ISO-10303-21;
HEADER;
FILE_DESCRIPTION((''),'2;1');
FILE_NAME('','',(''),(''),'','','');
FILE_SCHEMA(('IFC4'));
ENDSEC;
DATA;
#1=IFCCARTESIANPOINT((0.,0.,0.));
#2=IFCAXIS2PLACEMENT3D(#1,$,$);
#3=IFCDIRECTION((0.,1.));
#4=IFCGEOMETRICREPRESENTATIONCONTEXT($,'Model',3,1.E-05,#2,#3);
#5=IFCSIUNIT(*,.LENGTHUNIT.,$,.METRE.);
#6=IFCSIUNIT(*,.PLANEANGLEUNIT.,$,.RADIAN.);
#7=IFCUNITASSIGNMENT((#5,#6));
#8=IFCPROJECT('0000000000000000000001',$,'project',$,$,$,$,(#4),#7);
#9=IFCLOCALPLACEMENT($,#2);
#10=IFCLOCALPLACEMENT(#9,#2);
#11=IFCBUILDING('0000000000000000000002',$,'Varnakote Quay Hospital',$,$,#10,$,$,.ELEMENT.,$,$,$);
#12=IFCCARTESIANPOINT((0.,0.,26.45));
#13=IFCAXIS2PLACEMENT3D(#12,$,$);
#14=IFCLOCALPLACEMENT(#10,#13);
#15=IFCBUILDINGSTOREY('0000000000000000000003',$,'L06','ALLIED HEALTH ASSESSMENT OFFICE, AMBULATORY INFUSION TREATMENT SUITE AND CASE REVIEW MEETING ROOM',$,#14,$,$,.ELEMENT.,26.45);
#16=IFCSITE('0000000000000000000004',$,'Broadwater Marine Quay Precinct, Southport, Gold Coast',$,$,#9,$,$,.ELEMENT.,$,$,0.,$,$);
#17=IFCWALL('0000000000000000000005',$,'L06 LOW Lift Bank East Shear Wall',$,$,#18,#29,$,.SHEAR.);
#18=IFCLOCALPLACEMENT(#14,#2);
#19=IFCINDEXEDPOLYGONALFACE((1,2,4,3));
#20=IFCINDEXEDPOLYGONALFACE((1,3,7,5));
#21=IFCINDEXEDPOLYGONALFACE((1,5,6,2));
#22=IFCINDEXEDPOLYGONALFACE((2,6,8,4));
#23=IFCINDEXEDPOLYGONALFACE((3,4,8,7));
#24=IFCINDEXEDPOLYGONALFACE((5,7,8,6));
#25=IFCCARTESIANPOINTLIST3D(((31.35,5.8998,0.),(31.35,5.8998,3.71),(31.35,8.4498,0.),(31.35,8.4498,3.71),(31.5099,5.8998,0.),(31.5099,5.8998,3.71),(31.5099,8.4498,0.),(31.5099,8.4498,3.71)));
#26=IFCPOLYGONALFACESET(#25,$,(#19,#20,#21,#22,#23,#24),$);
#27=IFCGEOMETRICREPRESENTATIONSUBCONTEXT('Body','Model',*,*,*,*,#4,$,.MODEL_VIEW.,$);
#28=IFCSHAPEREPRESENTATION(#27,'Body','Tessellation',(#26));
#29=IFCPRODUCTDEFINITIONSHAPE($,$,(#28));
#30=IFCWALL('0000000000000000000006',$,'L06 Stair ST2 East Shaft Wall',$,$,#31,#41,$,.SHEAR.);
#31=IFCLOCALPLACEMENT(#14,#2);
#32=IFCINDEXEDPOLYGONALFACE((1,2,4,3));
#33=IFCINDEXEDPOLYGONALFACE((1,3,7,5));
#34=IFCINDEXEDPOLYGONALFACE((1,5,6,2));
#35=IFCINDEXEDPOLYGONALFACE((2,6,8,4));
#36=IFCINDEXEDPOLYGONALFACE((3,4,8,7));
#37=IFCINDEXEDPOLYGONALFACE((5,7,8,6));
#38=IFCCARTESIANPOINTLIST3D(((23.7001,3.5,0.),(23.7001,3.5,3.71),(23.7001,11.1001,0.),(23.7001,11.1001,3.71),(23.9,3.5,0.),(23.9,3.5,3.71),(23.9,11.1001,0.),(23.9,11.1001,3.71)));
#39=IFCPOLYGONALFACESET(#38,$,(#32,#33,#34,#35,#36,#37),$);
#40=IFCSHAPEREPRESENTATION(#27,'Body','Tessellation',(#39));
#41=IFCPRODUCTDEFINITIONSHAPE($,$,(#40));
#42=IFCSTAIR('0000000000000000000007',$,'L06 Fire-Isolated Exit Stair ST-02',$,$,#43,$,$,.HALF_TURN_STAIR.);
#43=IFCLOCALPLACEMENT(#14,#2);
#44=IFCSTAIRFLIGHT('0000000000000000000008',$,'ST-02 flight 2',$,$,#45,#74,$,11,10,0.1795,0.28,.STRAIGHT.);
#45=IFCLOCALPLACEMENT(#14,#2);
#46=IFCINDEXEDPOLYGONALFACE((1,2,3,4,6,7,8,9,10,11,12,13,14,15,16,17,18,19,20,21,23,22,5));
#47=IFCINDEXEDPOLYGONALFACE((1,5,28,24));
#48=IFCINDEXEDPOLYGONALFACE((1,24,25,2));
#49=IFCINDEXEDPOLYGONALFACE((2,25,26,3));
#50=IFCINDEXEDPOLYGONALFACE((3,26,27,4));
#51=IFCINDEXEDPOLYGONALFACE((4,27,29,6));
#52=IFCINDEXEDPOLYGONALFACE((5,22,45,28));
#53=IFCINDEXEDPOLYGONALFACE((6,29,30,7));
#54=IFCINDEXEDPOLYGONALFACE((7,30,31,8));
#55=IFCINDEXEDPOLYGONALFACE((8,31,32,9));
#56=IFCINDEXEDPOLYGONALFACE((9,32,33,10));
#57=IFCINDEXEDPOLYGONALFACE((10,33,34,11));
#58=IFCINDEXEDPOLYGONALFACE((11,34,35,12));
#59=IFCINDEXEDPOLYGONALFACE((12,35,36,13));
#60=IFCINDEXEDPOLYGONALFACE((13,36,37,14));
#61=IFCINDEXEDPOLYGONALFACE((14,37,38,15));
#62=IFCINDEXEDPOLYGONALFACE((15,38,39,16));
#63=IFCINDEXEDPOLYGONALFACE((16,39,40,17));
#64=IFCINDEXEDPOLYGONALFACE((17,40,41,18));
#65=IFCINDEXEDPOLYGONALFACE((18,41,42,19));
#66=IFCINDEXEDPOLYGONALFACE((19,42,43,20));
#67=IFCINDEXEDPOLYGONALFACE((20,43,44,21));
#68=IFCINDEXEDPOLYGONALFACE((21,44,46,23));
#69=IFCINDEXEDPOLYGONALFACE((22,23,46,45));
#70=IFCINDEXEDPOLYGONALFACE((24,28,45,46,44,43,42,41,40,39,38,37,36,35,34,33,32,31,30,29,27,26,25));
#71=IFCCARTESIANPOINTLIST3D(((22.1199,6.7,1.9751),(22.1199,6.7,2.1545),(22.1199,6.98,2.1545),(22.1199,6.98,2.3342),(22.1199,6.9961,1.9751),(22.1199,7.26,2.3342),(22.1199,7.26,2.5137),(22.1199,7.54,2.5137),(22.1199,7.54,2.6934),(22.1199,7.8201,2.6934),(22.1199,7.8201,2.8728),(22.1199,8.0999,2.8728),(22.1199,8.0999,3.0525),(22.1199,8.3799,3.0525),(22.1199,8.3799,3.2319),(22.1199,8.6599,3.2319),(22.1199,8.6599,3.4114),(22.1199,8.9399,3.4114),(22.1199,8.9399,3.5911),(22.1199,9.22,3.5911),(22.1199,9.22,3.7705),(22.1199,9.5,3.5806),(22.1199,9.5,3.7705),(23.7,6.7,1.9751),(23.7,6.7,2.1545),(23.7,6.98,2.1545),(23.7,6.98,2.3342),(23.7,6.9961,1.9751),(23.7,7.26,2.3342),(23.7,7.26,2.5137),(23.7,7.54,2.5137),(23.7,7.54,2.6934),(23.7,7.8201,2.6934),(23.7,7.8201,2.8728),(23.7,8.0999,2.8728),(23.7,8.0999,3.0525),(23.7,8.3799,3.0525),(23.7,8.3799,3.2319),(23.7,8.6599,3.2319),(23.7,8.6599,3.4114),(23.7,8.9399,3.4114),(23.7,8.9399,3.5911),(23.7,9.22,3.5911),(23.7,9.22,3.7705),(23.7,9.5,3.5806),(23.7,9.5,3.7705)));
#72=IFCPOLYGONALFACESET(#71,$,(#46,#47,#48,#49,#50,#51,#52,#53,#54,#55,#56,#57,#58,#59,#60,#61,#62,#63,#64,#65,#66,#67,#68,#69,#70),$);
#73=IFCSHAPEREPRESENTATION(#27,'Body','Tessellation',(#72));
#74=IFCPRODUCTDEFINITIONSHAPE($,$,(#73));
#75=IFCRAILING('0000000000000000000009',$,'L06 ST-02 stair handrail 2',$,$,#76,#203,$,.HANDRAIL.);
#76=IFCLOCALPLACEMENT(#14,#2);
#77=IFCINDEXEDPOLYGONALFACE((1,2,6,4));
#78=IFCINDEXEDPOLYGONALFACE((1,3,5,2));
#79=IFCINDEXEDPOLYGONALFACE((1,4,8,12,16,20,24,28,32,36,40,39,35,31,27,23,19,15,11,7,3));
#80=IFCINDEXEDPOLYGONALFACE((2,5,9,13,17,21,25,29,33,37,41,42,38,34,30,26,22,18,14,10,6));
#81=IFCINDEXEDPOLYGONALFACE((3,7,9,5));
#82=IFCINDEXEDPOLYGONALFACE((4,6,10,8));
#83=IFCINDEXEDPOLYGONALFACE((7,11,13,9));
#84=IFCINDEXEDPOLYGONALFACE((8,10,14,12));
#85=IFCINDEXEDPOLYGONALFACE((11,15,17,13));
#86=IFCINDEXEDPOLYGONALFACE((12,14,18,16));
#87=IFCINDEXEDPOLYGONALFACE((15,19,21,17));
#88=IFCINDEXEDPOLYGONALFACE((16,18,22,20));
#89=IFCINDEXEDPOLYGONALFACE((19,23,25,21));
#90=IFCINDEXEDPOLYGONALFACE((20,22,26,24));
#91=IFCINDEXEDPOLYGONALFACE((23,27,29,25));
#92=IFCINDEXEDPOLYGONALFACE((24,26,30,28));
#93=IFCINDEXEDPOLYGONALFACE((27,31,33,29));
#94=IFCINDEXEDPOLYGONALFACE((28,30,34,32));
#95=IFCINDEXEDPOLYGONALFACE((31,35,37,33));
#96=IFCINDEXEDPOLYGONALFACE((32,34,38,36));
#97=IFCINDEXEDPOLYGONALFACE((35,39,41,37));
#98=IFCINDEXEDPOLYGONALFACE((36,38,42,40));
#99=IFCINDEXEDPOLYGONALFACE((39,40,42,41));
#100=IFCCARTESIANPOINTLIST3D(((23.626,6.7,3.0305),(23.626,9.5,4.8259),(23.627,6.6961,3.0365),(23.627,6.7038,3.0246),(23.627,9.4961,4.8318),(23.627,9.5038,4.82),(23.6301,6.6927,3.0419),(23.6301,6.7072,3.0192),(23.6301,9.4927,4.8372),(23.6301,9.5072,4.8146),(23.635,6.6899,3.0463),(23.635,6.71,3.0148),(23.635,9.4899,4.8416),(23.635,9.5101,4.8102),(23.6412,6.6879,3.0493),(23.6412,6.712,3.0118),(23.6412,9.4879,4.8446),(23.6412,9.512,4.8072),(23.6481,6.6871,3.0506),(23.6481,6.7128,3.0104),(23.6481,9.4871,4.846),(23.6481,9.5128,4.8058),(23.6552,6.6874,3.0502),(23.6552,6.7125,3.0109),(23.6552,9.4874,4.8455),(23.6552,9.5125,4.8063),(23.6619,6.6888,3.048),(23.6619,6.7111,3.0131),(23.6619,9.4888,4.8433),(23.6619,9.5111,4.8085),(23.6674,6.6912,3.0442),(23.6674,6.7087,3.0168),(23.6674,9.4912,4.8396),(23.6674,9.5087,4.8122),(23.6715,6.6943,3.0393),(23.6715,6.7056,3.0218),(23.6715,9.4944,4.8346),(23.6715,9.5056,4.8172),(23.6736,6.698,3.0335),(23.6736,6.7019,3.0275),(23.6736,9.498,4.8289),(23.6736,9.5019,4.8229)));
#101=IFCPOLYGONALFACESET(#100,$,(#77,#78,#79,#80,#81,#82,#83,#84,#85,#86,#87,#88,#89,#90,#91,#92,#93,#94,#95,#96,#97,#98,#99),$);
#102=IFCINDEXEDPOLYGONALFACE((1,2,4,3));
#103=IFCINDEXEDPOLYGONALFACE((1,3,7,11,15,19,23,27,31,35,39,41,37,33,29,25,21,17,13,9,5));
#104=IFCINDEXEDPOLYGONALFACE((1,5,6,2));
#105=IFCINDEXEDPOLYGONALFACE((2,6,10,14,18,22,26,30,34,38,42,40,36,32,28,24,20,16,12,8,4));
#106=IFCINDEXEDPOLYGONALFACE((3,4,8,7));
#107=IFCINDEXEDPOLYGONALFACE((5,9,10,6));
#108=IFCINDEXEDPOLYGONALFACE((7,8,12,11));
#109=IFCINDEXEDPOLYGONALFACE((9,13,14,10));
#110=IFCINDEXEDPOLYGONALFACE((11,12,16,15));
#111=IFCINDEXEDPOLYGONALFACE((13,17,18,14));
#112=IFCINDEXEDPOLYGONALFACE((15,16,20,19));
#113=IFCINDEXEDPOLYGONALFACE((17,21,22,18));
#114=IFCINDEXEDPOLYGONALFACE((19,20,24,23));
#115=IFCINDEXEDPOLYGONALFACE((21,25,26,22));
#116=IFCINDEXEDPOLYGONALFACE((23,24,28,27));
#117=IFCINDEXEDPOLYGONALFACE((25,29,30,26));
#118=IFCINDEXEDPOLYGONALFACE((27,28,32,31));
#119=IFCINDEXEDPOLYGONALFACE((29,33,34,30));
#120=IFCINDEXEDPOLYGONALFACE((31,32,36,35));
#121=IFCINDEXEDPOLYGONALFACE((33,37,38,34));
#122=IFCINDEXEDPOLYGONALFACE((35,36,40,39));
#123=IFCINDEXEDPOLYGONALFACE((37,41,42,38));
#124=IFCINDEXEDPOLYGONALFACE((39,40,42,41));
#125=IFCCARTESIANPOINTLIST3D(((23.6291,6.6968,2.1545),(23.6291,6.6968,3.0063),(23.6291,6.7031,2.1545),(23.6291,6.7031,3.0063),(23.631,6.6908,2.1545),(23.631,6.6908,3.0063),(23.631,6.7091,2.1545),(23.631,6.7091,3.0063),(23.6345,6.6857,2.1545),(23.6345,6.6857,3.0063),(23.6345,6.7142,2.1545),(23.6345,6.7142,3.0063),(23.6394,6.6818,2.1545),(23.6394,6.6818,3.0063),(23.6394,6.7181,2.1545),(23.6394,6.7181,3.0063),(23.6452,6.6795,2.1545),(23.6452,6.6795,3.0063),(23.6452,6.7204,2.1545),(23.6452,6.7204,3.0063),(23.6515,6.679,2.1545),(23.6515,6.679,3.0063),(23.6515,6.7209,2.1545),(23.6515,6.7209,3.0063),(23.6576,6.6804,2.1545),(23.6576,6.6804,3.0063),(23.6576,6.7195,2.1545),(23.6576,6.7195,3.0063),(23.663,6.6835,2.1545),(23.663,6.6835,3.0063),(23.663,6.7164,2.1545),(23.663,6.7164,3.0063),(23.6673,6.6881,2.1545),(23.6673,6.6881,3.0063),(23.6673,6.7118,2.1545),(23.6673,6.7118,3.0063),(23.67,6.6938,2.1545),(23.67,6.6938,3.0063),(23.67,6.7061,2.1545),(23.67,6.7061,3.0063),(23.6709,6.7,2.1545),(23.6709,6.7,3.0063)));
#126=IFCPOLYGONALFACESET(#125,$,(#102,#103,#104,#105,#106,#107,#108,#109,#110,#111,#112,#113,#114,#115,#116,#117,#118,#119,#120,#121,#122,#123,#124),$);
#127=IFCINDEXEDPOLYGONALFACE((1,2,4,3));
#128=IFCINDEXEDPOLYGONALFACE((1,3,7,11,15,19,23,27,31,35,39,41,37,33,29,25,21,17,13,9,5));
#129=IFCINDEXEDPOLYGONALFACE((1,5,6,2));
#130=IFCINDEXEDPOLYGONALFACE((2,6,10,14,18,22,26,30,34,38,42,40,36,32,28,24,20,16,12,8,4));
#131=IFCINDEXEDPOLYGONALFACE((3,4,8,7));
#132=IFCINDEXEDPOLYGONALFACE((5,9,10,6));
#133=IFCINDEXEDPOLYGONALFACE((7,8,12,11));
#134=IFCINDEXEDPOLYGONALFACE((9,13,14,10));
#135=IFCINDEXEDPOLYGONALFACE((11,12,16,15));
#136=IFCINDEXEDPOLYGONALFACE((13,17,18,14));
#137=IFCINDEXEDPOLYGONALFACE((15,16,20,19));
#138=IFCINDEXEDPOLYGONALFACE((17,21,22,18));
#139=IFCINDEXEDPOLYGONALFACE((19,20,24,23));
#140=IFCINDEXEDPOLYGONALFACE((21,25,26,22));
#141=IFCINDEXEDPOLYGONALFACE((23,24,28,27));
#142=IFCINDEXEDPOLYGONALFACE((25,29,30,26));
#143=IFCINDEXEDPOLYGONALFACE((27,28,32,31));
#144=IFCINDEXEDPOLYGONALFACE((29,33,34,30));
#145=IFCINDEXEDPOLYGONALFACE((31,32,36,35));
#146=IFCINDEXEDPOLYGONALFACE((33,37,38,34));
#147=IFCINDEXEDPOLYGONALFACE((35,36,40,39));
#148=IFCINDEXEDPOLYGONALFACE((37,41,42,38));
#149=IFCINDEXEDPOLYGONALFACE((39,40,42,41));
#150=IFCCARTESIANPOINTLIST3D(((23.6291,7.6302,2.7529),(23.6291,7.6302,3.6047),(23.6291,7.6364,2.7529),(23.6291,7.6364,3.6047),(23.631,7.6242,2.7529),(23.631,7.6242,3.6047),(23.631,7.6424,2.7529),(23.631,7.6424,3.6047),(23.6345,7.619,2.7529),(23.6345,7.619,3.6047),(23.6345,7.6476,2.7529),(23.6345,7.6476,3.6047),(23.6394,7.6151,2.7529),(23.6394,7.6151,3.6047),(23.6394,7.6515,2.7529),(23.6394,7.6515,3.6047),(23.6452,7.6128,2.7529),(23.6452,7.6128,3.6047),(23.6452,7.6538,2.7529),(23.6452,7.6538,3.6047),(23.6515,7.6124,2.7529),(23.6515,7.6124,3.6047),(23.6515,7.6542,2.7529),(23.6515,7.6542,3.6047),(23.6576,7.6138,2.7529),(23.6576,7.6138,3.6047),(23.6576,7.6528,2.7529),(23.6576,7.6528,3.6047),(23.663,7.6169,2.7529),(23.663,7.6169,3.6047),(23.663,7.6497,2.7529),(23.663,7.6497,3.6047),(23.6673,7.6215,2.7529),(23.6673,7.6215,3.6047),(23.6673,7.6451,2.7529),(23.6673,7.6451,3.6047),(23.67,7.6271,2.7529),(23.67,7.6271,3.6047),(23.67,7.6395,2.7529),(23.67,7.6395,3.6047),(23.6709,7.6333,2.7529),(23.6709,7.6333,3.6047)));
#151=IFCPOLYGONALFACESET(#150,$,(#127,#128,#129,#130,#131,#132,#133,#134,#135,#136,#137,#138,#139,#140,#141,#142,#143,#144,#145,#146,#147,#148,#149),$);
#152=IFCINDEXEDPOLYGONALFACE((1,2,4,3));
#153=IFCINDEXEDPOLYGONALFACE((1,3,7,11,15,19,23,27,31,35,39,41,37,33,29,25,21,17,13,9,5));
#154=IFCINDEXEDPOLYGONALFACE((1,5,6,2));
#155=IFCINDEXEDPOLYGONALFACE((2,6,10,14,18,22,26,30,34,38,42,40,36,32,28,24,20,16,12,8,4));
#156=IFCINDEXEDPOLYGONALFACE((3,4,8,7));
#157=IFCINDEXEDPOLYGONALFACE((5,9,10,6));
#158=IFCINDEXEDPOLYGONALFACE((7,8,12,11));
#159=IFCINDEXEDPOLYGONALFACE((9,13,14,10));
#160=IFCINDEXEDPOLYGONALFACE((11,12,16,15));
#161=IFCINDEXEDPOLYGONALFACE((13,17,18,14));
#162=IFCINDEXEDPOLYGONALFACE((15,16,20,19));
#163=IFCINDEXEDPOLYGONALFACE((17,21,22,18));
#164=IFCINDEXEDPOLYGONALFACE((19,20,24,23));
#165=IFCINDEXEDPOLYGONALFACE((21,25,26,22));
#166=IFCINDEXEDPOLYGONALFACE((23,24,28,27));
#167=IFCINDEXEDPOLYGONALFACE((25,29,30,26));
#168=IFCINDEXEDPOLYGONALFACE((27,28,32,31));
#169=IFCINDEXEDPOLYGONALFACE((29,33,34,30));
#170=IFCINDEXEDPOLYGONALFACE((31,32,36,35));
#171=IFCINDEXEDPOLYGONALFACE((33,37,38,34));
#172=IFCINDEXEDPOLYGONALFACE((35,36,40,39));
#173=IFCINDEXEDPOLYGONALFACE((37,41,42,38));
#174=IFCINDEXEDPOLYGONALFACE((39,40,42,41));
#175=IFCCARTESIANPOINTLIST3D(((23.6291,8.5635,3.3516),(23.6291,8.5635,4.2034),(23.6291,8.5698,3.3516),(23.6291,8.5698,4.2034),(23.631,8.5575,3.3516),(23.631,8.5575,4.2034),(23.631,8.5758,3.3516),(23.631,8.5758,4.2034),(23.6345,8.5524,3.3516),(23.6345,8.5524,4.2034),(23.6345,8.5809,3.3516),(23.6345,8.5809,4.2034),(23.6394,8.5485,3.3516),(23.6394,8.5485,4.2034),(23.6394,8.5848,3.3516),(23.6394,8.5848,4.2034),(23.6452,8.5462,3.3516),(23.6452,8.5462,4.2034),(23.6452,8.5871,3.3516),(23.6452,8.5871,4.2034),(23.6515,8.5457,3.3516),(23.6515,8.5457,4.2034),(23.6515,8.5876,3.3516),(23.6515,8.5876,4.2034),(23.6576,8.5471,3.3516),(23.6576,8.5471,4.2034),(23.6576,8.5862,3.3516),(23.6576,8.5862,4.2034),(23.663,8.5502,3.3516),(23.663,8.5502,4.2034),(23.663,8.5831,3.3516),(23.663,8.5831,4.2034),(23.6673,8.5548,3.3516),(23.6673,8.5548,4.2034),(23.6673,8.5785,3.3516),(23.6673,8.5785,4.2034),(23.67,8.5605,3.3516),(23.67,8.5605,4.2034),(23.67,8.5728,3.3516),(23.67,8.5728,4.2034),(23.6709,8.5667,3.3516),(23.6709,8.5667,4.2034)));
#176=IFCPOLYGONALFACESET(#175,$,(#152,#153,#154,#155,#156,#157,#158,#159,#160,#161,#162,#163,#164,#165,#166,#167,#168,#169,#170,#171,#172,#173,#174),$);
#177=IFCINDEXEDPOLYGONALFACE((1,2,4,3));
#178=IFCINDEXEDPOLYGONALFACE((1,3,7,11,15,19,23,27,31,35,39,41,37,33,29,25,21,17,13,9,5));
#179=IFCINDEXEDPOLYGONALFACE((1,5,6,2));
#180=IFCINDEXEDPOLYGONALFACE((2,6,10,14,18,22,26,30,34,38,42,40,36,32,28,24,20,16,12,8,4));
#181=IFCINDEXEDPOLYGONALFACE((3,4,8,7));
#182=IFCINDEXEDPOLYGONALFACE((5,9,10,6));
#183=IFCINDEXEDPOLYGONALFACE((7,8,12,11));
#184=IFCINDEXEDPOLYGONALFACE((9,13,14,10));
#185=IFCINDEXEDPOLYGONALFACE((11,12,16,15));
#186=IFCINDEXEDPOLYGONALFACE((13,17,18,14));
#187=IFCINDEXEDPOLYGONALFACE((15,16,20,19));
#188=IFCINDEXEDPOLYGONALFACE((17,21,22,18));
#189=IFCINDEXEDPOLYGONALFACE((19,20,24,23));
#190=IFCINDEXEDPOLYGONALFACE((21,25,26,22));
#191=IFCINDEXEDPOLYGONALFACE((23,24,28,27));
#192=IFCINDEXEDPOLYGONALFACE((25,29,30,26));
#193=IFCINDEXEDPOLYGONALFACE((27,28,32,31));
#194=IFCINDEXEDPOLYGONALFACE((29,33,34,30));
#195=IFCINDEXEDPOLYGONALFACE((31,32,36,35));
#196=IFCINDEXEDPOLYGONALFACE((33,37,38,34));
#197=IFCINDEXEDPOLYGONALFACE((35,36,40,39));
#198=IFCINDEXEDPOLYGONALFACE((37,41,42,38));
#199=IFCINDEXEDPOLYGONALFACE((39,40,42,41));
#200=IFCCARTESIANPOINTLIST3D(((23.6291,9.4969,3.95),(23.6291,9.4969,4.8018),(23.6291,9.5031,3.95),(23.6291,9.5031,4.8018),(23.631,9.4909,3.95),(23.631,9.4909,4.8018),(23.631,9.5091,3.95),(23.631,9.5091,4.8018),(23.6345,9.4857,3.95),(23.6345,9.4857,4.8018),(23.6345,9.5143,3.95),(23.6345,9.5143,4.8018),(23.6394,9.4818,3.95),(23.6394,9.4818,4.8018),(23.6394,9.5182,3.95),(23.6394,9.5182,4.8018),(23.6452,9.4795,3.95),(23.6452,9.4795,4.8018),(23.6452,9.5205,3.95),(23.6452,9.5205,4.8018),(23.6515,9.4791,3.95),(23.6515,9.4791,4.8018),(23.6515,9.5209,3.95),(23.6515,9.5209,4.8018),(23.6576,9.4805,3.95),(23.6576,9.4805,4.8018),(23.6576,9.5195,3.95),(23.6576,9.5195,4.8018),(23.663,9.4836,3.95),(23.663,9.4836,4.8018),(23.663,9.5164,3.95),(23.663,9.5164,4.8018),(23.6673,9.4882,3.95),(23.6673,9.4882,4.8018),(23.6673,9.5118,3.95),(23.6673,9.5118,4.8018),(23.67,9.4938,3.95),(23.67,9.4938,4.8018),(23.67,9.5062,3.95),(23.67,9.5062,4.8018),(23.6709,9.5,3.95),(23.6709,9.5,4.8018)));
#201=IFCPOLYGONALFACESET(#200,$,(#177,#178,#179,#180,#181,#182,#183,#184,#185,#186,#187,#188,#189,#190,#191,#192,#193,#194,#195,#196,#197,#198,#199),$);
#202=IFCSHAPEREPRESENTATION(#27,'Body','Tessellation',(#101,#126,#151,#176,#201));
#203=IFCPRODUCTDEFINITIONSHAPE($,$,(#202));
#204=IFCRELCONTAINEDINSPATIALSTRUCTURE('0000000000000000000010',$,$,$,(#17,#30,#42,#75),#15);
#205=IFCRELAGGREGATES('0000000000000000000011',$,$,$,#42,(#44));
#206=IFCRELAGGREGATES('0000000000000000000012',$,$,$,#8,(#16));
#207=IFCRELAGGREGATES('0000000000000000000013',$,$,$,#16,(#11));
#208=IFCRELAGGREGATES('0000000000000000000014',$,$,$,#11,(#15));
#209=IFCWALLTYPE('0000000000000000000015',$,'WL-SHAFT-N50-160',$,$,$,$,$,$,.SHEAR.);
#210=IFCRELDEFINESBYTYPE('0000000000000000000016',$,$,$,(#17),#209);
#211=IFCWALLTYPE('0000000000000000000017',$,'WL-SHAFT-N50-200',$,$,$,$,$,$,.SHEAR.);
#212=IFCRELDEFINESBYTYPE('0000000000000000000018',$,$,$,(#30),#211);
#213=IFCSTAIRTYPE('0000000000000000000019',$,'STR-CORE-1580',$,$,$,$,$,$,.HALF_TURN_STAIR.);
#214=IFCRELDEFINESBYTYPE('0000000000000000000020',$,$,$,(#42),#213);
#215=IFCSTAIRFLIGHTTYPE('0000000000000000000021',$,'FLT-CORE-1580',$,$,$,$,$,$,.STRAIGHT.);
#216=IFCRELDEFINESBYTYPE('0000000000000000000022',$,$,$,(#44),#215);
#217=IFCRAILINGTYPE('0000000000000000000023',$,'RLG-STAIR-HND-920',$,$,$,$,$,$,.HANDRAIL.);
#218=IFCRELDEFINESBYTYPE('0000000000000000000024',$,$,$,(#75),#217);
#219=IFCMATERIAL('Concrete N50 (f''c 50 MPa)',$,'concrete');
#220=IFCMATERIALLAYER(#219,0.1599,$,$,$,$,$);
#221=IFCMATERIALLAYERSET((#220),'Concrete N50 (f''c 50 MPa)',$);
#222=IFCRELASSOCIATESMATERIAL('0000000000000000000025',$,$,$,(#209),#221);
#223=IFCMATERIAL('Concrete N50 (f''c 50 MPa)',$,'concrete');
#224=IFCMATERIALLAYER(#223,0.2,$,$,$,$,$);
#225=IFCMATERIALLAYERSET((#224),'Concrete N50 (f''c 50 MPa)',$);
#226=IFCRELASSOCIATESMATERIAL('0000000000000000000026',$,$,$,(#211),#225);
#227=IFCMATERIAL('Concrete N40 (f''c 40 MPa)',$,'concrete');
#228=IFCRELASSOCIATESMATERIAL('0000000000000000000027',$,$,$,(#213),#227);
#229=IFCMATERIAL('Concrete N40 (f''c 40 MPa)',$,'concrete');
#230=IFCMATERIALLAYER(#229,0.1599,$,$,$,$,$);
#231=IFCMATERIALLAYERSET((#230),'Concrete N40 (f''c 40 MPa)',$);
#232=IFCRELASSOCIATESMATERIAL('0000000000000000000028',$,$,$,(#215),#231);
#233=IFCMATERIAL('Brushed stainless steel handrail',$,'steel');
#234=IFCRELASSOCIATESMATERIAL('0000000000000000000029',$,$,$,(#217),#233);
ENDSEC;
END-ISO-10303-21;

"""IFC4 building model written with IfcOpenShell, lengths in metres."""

from ifc_helpers import new_model, si_unit, direction, frame, frame_2d, origin, origin_2d, place, context, subcontext, project, spatial, polyline, rectangle, circle, outline, extrude, material, layer, layer_set, type_object, element, aggregate, save


model = new_model("IFC4")

# Units and contexts
model_context = context("Model", 3, precision=1e-05, world=origin(), true_north=direction((0.0, 1.0)))
body_context = subcontext(model_context, "Body", "Model", "MODEL_VIEW")
ifc_project = project(units=[si_unit("LENGTHUNIT", "METRE"), si_unit("PLANEANGLEUNIT", "RADIAN")], contexts=[model_context])

# Site, building, storey
site_placement = place(None, origin())
site = spatial("IfcSite", under=ifc_project, at=site_placement, Name="Broadwater Marine Quay Precinct, Southport, Gold Coast", CompositionType="ELEMENT", RefElevation=0.0)
building_placement = place(site_placement, origin())
building = spatial("IfcBuilding", under=site, at=building_placement, Name="Varnakote Quay Hospital", CompositionType="ELEMENT")
storey_placement = place(building_placement, frame((0.0, 0.0, 26.45)))
storey = spatial("IfcBuildingStorey", under=building, at=storey_placement, Name="L06", Description="ALLIED HEALTH ASSESSMENT OFFICE, AMBULATORY INFUSION TREATMENT SUITE AND CASE REVIEW MEETING ROOM", CompositionType="ELEMENT", Elevation=26.45)

# Wall
ifc_material_1 = material(Name="Concrete N50 (f'c 50 MPa)", Category="concrete")
ifc_layer_1 = layer(ifc_material_1, 0.1599)
ifc_layer_set_1 = layer_set([ifc_layer_1], Name="Concrete N50 (f'c 50 MPa)")
wall_type_1 = type_object("IfcWallType", Name="WL-SHAFT-N50-160", PredefinedType="SHEAR", material=ifc_layer_set_1)
for number, where, z_axis, x_axis, name in (
    (1, (31.4299, 5.8999, 0.0), (0.0, 0.0, 1.0), (0.0, 1.0, 0.0), "L06 LOW Lift Bank East Shear Wall"),
):
    element("IfcWall", number, at=place(storey_placement, frame(where, z_axis=z_axis, x_axis=x_axis)), inside=storey, type_object=wall_type_1, Name=name, PredefinedType="SHEAR", context=body_context, shape_type="SweptSolid", body=[
        extrude(rectangle(XDim=2.55, YDim=0.1599, at=frame_2d((1.2749, 0.0))), origin(), (0.0, 0.0, 1.0), 3.71),
    ])

# Wall
ifc_material_2 = material(Name="Concrete N50 (f'c 50 MPa)", Category="concrete")
ifc_layer_2 = layer(ifc_material_2, 0.2)
ifc_layer_set_2 = layer_set([ifc_layer_2], Name="Concrete N50 (f'c 50 MPa)")
wall_type_2 = type_object("IfcWallType", Name="WL-SHAFT-N50-200", PredefinedType="SHEAR", material=ifc_layer_set_2)
wall_1_placement = place(storey_placement, frame((23.8, 3.5, 0.0), z_axis=(0.0, 0.0, 1.0), x_axis=(0.0, 1.0, 0.0)))
element("IfcWall", 2, at=wall_1_placement, inside=storey, type_object=wall_type_2, Name="L06 Stair ST2 East Shaft Wall", PredefinedType="SHEAR", context=body_context, shape_type="SweptSolid", body=[
    extrude(rectangle(XDim=7.6001, YDim=0.2, at=frame_2d((3.8, 0.0))), origin(), (0.0, 0.0, 1.0), 3.71),
])

# Stair, stair flight
ifc_material_3 = material(Name="Concrete N40 (f'c 40 MPa)", Category="concrete")
stair_type = type_object("IfcStairType", Name="STR-CORE-1580", PredefinedType="HALF_TURN_STAIR", material=ifc_material_3)
stair_placement = place(storey_placement, origin())
stair = element("IfcStair", 3, at=stair_placement, inside=storey, type_object=stair_type, Name="L06 Fire-Isolated Exit Stair ST-02", PredefinedType="HALF_TURN_STAIR")
ifc_material_4 = material(Name="Concrete N40 (f'c 40 MPa)", Category="concrete")
ifc_layer_3 = layer(ifc_material_4, 0.1599)
ifc_layer_set_3 = layer_set([ifc_layer_3], Name="Concrete N40 (f'c 40 MPa)")
stair_flight_type = type_object("IfcStairFlightType", Name="FLT-CORE-1580", PredefinedType="STRAIGHT", material=ifc_layer_set_3)
stair_flight_placement = place(storey_placement, frame((22.9099, 6.7, 1.9751), z_axis=(0.0, 0.0, 1.0), x_axis=(0.0, 1.0, 0.0)))
stair_flight = element("IfcStairFlight", 4, at=stair_flight_placement, type_object=stair_flight_type, Name="ST-02 flight 2", NumberOfRisers=11, NumberOfTreads=10, PredefinedType="STRAIGHT", RiserHeight=0.1795, TreadLength=0.28, context=body_context, shape_type="SweptSolid", body=[
    extrude(outline(polyline([(0.0, 0.0), (0.0, 0.1794), (0.28, 0.1794), (0.28, 0.3591), (0.5601, 0.3591), (0.5601, 0.5386), (0.8401, 0.5386), (0.8401, 0.7183), (1.1201, 0.7183), (1.1201, 0.8977), (1.3999, 0.8977), (1.3999, 1.0774), (1.6799, 1.0774), (1.6799, 1.2568), (1.96, 1.2568), (1.96, 1.4363), (2.24, 1.4363), (2.24, 1.616), (2.52, 1.616), (2.52, 1.7954), (2.8, 1.7954), (2.8, 1.9751), (2.8, 1.6055), (0.2961, 0.0), (0.0, 0.0)])), frame((0.0, 0.79, 0.0), z_axis=(0.0, -1.0, 0.0), x_axis=(1.0, 0.0, 0.0)), (0.0, 0.0, 1.0), 1.5801),
])
aggregate(stair, [stair_flight])

# Railing
ifc_material_5 = material(Name="Brushed stainless steel handrail", Category="steel")
railing_type = type_object("IfcRailingType", Name="RLG-STAIR-HND-920", PredefinedType="HANDRAIL", material=ifc_material_5)
railing_placement = place(storey_placement, frame((23.6499, 6.7, 2.1545)))
element("IfcRailing", 5, at=railing_placement, inside=storey, type_object=railing_type, Name="L06 ST-02 stair handrail 2", PredefinedType="HANDRAIL", context=body_context, shape_type="SweptSolid", body=[
    extrude(circle(Radius=0.0239, at=origin_2d()), frame((0.0, 0.0, 0.876), z_axis=(0.0, 0.84181, 0.539774), x_axis=(-1.0, 0.0, 0.0)), (0.0, 0.0, 1.0), 3.3262),
    extrude(circle(Radius=0.021, at=origin_2d()), origin(), (0.0, 0.0, 1.0), 0.8518),
    extrude(circle(Radius=0.021, at=origin_2d()), frame((0.0, 0.9333, 0.5984)), (0.0, 0.0, 1.0), 0.8518),
    extrude(circle(Radius=0.021, at=origin_2d()), frame((0.0, 1.8667, 1.197)), (0.0, 0.0, 1.0), 0.8518),
    extrude(circle(Radius=0.021, at=origin_2d()), frame((0.0, 2.8, 1.7954)), (0.0, 0.0, 1.0), 0.8518),
])

save(model, "model.ifc")
